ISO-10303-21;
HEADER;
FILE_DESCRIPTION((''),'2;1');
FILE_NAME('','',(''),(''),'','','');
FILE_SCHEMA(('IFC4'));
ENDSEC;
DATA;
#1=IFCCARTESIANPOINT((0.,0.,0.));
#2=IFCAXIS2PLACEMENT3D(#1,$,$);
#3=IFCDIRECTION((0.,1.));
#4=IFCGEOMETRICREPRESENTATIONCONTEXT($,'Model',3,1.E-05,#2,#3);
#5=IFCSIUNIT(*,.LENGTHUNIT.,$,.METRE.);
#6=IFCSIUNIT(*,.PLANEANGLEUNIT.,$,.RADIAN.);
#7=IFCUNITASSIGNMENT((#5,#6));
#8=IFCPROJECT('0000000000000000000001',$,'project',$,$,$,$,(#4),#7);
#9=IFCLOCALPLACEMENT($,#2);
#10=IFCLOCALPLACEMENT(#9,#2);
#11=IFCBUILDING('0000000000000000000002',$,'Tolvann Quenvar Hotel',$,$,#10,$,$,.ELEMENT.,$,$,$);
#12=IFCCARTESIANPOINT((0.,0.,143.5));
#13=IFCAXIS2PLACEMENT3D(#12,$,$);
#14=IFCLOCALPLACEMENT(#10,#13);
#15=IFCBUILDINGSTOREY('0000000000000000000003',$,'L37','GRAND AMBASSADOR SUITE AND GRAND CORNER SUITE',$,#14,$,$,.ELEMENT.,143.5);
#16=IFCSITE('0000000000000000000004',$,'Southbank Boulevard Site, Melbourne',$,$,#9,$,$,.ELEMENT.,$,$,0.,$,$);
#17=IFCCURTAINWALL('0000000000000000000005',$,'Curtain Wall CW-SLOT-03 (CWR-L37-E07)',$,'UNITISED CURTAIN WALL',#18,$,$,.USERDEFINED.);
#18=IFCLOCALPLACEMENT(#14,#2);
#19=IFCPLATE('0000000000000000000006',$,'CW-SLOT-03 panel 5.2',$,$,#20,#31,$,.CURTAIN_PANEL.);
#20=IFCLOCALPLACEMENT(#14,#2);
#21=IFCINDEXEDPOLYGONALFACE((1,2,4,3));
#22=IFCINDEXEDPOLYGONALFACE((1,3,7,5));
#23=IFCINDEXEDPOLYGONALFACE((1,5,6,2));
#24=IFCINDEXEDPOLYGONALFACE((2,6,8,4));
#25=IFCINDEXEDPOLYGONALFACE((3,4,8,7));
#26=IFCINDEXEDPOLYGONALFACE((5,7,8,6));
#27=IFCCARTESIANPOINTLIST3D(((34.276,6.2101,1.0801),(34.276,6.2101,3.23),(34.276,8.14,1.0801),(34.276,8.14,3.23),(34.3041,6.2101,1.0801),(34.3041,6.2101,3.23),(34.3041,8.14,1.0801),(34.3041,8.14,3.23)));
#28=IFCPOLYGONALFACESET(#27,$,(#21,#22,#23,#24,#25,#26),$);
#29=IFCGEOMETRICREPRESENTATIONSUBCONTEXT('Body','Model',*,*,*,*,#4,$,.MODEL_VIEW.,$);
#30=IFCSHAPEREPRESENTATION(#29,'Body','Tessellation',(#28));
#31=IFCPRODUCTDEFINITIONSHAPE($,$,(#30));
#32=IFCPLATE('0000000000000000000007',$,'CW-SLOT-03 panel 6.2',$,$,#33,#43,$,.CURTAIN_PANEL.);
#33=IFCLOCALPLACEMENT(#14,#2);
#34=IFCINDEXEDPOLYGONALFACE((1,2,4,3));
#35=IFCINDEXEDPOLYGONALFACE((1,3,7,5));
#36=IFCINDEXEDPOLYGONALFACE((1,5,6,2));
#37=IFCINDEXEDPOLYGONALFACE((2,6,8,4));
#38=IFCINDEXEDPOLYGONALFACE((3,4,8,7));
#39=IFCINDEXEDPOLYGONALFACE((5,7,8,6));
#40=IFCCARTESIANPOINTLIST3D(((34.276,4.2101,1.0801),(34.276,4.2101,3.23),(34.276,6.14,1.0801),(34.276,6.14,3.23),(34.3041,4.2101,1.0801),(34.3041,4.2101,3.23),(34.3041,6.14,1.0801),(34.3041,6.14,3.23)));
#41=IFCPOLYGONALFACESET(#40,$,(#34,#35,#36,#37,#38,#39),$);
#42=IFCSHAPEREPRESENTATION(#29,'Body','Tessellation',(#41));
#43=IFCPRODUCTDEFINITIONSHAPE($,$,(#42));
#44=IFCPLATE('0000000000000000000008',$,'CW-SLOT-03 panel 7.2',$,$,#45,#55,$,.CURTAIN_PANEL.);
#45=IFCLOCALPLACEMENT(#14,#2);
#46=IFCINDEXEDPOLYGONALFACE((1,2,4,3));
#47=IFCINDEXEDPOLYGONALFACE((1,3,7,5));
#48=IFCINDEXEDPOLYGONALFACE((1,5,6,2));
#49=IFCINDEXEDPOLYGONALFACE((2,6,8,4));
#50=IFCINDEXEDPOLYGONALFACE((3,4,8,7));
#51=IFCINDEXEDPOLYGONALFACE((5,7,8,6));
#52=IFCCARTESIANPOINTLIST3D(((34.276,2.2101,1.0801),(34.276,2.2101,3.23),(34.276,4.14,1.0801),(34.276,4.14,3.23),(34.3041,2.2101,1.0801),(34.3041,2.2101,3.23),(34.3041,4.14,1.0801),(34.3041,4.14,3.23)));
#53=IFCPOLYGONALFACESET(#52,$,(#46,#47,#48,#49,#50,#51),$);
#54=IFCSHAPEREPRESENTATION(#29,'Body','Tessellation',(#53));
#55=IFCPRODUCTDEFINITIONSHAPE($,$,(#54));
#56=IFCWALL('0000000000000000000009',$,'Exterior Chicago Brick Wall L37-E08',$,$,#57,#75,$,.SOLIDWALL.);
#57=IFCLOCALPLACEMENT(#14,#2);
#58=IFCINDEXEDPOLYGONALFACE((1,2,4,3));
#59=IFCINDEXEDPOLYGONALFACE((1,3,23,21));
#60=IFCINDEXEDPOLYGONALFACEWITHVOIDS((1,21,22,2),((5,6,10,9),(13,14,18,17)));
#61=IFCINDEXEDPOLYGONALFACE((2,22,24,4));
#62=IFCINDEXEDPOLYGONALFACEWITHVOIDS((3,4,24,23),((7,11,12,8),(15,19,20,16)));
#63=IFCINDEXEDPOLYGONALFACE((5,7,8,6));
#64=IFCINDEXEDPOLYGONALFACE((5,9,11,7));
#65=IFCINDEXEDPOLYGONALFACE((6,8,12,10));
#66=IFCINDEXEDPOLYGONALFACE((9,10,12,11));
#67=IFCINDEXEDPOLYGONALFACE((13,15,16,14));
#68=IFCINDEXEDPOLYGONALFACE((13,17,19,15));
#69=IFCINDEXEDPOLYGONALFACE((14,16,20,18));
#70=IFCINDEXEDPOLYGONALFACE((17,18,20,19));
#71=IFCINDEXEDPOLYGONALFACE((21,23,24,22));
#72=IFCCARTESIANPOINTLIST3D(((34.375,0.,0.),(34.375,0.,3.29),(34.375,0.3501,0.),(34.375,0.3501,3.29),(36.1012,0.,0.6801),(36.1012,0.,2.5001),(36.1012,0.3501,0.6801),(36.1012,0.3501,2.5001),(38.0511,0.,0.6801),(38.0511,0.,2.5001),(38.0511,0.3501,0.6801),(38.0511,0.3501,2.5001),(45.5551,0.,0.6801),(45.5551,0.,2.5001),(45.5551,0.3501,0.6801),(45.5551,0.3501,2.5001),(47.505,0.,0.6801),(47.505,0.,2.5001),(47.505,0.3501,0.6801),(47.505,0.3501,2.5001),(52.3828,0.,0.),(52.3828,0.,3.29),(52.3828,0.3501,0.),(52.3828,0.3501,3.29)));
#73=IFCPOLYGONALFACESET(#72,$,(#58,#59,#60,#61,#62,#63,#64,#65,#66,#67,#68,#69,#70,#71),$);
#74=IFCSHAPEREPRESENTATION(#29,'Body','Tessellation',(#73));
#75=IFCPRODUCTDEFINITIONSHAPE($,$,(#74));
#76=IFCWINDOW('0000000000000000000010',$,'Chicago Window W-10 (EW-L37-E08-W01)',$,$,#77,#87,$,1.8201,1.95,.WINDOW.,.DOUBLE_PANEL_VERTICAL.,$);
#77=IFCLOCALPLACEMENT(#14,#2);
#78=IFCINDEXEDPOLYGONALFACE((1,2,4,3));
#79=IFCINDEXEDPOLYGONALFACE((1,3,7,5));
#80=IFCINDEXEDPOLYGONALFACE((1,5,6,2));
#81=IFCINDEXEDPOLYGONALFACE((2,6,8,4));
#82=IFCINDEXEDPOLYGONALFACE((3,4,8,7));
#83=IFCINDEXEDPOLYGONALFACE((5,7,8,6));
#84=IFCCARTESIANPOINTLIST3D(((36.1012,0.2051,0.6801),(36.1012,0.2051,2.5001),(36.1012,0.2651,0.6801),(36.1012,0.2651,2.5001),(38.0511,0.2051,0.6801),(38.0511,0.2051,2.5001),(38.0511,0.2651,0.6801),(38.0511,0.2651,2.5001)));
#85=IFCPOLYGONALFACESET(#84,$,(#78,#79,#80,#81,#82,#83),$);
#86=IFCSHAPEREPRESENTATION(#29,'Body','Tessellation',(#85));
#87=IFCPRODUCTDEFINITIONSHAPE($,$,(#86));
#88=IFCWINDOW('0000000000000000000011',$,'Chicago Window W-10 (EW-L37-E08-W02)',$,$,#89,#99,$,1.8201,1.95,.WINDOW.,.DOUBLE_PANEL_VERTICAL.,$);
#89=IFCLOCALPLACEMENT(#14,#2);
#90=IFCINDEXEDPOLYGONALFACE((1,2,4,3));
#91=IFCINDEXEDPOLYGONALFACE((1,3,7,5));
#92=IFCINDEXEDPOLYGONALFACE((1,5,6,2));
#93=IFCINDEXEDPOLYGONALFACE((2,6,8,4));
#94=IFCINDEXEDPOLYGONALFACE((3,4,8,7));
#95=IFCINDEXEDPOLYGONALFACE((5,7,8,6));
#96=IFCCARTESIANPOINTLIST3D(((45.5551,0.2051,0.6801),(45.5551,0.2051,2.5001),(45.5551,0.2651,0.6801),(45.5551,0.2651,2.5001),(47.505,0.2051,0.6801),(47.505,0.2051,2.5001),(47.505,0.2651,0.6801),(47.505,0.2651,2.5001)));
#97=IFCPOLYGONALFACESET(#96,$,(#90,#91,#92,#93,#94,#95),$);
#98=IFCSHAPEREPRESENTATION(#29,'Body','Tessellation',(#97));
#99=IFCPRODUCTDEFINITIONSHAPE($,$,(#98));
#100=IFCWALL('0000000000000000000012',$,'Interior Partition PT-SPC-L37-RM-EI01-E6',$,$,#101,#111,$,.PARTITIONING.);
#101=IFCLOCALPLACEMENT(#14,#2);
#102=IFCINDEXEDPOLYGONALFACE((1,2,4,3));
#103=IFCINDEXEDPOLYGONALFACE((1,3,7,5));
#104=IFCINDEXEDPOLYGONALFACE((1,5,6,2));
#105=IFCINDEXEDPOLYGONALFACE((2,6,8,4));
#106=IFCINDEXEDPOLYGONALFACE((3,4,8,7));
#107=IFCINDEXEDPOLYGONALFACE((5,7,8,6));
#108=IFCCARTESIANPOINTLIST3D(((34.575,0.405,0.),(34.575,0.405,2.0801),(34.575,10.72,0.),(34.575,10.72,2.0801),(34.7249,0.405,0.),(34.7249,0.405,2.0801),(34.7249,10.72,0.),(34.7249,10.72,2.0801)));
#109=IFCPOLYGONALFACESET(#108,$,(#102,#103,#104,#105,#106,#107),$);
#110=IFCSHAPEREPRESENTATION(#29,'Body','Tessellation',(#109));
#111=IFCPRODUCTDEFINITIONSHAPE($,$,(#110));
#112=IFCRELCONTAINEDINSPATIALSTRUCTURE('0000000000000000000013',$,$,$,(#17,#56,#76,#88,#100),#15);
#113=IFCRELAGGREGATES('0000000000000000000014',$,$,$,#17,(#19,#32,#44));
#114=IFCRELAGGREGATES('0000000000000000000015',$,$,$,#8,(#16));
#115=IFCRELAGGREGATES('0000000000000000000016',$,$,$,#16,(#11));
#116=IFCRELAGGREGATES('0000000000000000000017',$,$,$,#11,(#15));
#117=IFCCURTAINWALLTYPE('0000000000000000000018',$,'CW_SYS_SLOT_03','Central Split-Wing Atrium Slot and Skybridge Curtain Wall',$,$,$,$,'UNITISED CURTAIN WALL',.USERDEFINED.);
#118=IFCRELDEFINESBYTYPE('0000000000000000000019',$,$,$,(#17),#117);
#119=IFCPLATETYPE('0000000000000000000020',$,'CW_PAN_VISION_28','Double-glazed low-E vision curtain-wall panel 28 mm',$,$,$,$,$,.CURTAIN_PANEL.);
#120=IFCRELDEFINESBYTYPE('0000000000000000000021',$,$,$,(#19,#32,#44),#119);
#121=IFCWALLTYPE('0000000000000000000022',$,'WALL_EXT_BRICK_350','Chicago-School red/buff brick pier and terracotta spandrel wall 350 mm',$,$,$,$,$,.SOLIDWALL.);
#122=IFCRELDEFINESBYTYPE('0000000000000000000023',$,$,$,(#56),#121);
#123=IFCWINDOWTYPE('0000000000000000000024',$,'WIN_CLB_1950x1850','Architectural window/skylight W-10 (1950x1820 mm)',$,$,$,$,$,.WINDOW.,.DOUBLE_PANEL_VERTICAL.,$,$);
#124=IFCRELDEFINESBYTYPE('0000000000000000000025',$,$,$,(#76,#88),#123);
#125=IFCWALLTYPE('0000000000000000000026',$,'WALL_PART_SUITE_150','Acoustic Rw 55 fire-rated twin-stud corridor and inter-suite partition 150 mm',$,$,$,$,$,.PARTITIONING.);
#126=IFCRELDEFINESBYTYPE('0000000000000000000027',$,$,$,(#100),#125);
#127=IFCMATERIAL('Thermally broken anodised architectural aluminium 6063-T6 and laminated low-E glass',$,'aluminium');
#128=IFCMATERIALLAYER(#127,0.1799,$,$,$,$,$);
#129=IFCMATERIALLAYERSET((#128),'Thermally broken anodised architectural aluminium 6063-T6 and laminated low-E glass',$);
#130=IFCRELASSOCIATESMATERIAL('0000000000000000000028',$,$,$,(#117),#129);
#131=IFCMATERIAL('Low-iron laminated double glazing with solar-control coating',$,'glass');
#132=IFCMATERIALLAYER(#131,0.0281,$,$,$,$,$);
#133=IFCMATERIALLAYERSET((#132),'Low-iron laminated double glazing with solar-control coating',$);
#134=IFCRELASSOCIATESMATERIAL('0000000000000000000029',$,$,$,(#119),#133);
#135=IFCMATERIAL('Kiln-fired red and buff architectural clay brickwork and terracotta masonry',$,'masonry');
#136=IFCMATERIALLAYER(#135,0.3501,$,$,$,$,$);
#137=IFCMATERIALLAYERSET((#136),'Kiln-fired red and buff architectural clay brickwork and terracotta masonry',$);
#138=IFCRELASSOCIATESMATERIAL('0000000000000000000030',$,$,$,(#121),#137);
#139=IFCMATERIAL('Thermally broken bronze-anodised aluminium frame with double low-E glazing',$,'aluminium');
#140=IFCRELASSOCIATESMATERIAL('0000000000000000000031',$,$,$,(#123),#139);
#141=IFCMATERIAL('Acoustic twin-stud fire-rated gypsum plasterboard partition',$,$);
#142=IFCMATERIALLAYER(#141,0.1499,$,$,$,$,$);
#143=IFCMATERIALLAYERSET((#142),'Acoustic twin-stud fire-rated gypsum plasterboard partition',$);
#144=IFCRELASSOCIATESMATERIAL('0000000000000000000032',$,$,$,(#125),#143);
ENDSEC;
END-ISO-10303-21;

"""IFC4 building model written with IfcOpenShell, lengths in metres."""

from ifc_helpers import new_model, si_unit, direction, frame, frame_2d, origin, origin_2d, place, context, subcontext, project, spatial, rectangle, extrude, source, transform, mapped, material, layer, layer_set, type_object, type_shapes, element, fill, aggregate, save


model = new_model("IFC4")

# Units and contexts
model_context = context("Model", 3, precision=1e-05, world=origin(), true_north=direction((0.0, 1.0)))
body_context = subcontext(model_context, "Body", "Model", "MODEL_VIEW")
ifc_project = project(units=[si_unit("LENGTHUNIT", "METRE"), si_unit("PLANEANGLEUNIT", "RADIAN")], contexts=[model_context])

# Site, building, storey
site_placement = place(None, origin())
site = spatial("IfcSite", under=ifc_project, at=site_placement, Name="Southbank Boulevard Site, Melbourne", CompositionType="ELEMENT", RefElevation=0.0)
building_placement = place(site_placement, origin())
building = spatial("IfcBuilding", under=site, at=building_placement, Name="Tolvann Quenvar Hotel", CompositionType="ELEMENT")
storey_placement = place(building_placement, frame((0.0, 0.0, 143.5)))
storey = spatial("IfcBuildingStorey", under=building, at=storey_placement, Name="L37", Description="GRAND AMBASSADOR SUITE AND GRAND CORNER SUITE", CompositionType="ELEMENT", Elevation=143.5)

# Curtain wall, plates
ifc_material_1 = material(Name="Thermally broken anodised architectural aluminium 6063-T6 and laminated low-E glass", Category="aluminium")
ifc_layer_1 = layer(ifc_material_1, 0.1799)
ifc_layer_set_1 = layer_set([ifc_layer_1], Name="Thermally broken anodised architectural aluminium 6063-T6 and laminated low-E glass")
curtain_wall_type = type_object("IfcCurtainWallType", Name="CW_SYS_SLOT_03", Description="Central Split-Wing Atrium Slot and Skybridge Curtain Wall", ElementType="UNITISED CURTAIN WALL", PredefinedType="USERDEFINED", material=ifc_layer_set_1)
curtain_wall_placement = place(storey_placement, origin())
curtain_wall = element("IfcCurtainWall", 1, at=curtain_wall_placement, inside=storey, type_object=curtain_wall_type, Name="Curtain Wall CW-SLOT-03 (CWR-L37-E07)", ObjectType="UNITISED CURTAIN WALL", PredefinedType="USERDEFINED")
ifc_material_2 = material(Name="Low-iron laminated double glazing with solar-control coating", Category="glass")
ifc_layer_2 = layer(ifc_material_2, 0.0281)
ifc_layer_set_2 = layer_set([ifc_layer_2], Name="Low-iron laminated double glazing with solar-control coating")
plate_type = type_object("IfcPlateType", Name="CW_PAN_VISION_28", Description="Double-glazed low-E vision curtain-wall panel 28 mm", PredefinedType="CURTAIN_PANEL", material=ifc_layer_set_2)
shared_shape_1 = source(origin(), body_context, "Body", "SweptSolid", [
    extrude(rectangle(XDim=1.9299, YDim=0.0281, at=origin_2d()), origin(), (0.0, 0.0, 1.0), 2.1499),
])
plate_1_placement = place(storey_placement, frame((34.29, 7.175, 1.0801), z_axis=(0.0, 0.0, 1.0), x_axis=(0.0, -1.0, 0.0)))
plate_1 = element("IfcPlate", 2, at=plate_1_placement, type_object=plate_type, Name="CW-SLOT-03 panel 5.2", PredefinedType="CURTAIN_PANEL", context=body_context, shape_type="MappedRepresentation", body=[
    mapped(shared_shape_1, transform((0.0, 0.0, 0.0), x_axis=(1.0, 0.0, 0.0), y_axis=(0.0, 1.0, 0.0), z_axis=(0.0, 0.0, 1.0), scale=1.0)),
])
plate_2_placement = place(storey_placement, frame((34.29, 5.175, 1.0801), z_axis=(0.0, 0.0, 1.0), x_axis=(0.0, -1.0, 0.0)))
plate_2 = element("IfcPlate", 3, at=plate_2_placement, type_object=plate_type, Name="CW-SLOT-03 panel 6.2", PredefinedType="CURTAIN_PANEL", context=body_context, shape_type="MappedRepresentation", body=[
    mapped(shared_shape_1, transform((0.0, 0.0, 0.0), x_axis=(1.0, 0.0, 0.0), y_axis=(0.0, 1.0, 0.0), z_axis=(0.0, 0.0, 1.0), scale=1.0)),
])
plate_3_placement = place(storey_placement, frame((34.29, 3.175, 1.0801), z_axis=(0.0, 0.0, 1.0), x_axis=(0.0, -1.0, 0.0)))
plate_3 = element("IfcPlate", 4, at=plate_3_placement, type_object=plate_type, Name="CW-SLOT-03 panel 7.2", PredefinedType="CURTAIN_PANEL", context=body_context, shape_type="MappedRepresentation", body=[
    mapped(shared_shape_1, transform((0.0, 0.0, 0.0), x_axis=(1.0, 0.0, 0.0), y_axis=(0.0, 1.0, 0.0), z_axis=(0.0, 0.0, 1.0), scale=1.0)),
])
aggregate(curtain_wall, [plate_1, plate_2, plate_3])

# Wall, openings, windows
ifc_material_3 = material(Name="Kiln-fired red and buff architectural clay brickwork and terracotta masonry", Category="masonry")
ifc_layer_3 = layer(ifc_material_3, 0.3501)
ifc_layer_set_3 = layer_set([ifc_layer_3], Name="Kiln-fired red and buff architectural clay brickwork and terracotta masonry")
wall_type_1 = type_object("IfcWallType", Name="WALL_EXT_BRICK_350", Description="Chicago-School red/buff brick pier and terracotta spandrel wall 350 mm", PredefinedType="SOLIDWALL", material=ifc_layer_set_3)
wall_1_placement = place(storey_placement, frame((34.375, 0.175, 0.0), z_axis=(0.0, 0.0, 1.0), x_axis=(1.0, 0.0, 0.0)))
wall_1 = element("IfcWall", 5, at=wall_1_placement, inside=storey, type_object=wall_type_1, Name="Exterior Chicago Brick Wall L37-E08", PredefinedType="SOLIDWALL", context=body_context, shape_type="SweptSolid", body=[
    extrude(rectangle(XDim=18.0078, YDim=0.3501, at=frame_2d((9.0039, 0.0))), origin(), (0.0, 0.0, 1.0), 3.29),
])
opening_1_placement = place(wall_1_placement, frame((1.7261, 0.0, 0.6799)))
opening_1 = element("IfcOpeningElement", 6, at=opening_1_placement, cuts=wall_1, PredefinedType="OPENING", context=body_context, shape_type="SweptSolid", body=[
    extrude(rectangle(XDim=1.95, YDim=1.8201, at=frame_2d((0.9751, 0.9102))), frame((0.0, 0.1851, 0.0), z_axis=(0.0, -1.0, 0.0), x_axis=(1.0, 0.0, 0.0)), (0.0, 0.0, 1.0), 0.3701),
])
opening_2_placement = place(wall_1_placement, frame((11.1799, 0.0, 0.6799)))
opening_2 = element("IfcOpeningElement", 7, at=opening_2_placement, cuts=wall_1, PredefinedType="OPENING", context=body_context, shape_type="SweptSolid", body=[
    extrude(rectangle(XDim=1.95, YDim=1.8201, at=frame_2d((0.9751, 0.9102))), frame((0.0, 0.1851, 0.0), z_axis=(0.0, -1.0, 0.0), x_axis=(1.0, 0.0, 0.0)), (0.0, 0.0, 1.0), 0.3701),
])
ifc_material_4 = material(Name="Thermally broken bronze-anodised aluminium frame with double low-E glazing", Category="aluminium")
window_type = type_object("IfcWindowType", Name="WIN_CLB_1950x1850", Description="Architectural window/skylight W-10 (1950x1820 mm)", PartitioningType="DOUBLE_PANEL_VERTICAL", PredefinedType="WINDOW", material=ifc_material_4)
shared_shape_2 = source(origin(), body_context, "Body", "SweptSolid", [
    extrude(rectangle(XDim=1.95, YDim=1.8201, at=frame_2d((0.9751, 0.9102))), frame((0.0, 0.0901, 0.0), z_axis=(0.0, -1.0, 0.0), x_axis=(1.0, 0.0, 0.0)), (0.0, 0.0, 1.0), 0.0601),
])
type_shapes(window_type, [shared_shape_2])
window_1_placement = place(opening_1_placement, origin())
window_1 = element("IfcWindow", 8, at=window_1_placement, inside=storey, type_object=window_type, Name="Chicago Window W-10 (EW-L37-E08-W01)", OverallHeight=1.8201, OverallWidth=1.95, PartitioningType="DOUBLE_PANEL_VERTICAL", PredefinedType="WINDOW", context=body_context, shape_type="MappedRepresentation", body=[
    mapped(shared_shape_2, transform((0.0, 0.0, 0.0), x_axis=(1.0, 0.0, 0.0), y_axis=(0.0, 1.0, 0.0), z_axis=(0.0, 0.0, 1.0), scale=1.0)),
])
fill(opening_1, window_1)
window_2_placement = place(opening_2_placement, origin())
window_2 = element("IfcWindow", 9, at=window_2_placement, inside=storey, type_object=window_type, Name="Chicago Window W-10 (EW-L37-E08-W02)", OverallHeight=1.8201, OverallWidth=1.95, PartitioningType="DOUBLE_PANEL_VERTICAL", PredefinedType="WINDOW", context=body_context, shape_type="MappedRepresentation", body=[
    mapped(shared_shape_2, transform((0.0, 0.0, 0.0), x_axis=(1.0, 0.0, 0.0), y_axis=(0.0, 1.0, 0.0), z_axis=(0.0, 0.0, 1.0), scale=1.0)),
])
fill(opening_2, window_2)

# Wall
ifc_material_5 = material(Name="Acoustic twin-stud fire-rated gypsum plasterboard partition")
ifc_layer_4 = layer(ifc_material_5, 0.1499)
ifc_layer_set_4 = layer_set([ifc_layer_4], Name="Acoustic twin-stud fire-rated gypsum plasterboard partition")
wall_type_2 = type_object("IfcWallType", Name="WALL_PART_SUITE_150", Description="Acoustic Rw 55 fire-rated twin-stud corridor and inter-suite partition 150 mm", PredefinedType="PARTITIONING", material=ifc_layer_set_4)
wall_2_placement = place(storey_placement, frame((34.6499, 0.405, 0.0), z_axis=(0.0, 0.0, 1.0), x_axis=(0.0, 1.0, 0.0)))
element("IfcWall", 10, at=wall_2_placement, inside=storey, type_object=wall_type_2, Name="Interior Partition PT-SPC-L37-RM-EI01-E6", PredefinedType="PARTITIONING", context=body_context, shape_type="SweptSolid", body=[
    extrude(rectangle(XDim=10.3149, YDim=0.1499, at=frame_2d((5.1575, 0.0))), origin(), (0.0, 0.0, 1.0), 2.0801),
])

save(model, "model.ifc")
